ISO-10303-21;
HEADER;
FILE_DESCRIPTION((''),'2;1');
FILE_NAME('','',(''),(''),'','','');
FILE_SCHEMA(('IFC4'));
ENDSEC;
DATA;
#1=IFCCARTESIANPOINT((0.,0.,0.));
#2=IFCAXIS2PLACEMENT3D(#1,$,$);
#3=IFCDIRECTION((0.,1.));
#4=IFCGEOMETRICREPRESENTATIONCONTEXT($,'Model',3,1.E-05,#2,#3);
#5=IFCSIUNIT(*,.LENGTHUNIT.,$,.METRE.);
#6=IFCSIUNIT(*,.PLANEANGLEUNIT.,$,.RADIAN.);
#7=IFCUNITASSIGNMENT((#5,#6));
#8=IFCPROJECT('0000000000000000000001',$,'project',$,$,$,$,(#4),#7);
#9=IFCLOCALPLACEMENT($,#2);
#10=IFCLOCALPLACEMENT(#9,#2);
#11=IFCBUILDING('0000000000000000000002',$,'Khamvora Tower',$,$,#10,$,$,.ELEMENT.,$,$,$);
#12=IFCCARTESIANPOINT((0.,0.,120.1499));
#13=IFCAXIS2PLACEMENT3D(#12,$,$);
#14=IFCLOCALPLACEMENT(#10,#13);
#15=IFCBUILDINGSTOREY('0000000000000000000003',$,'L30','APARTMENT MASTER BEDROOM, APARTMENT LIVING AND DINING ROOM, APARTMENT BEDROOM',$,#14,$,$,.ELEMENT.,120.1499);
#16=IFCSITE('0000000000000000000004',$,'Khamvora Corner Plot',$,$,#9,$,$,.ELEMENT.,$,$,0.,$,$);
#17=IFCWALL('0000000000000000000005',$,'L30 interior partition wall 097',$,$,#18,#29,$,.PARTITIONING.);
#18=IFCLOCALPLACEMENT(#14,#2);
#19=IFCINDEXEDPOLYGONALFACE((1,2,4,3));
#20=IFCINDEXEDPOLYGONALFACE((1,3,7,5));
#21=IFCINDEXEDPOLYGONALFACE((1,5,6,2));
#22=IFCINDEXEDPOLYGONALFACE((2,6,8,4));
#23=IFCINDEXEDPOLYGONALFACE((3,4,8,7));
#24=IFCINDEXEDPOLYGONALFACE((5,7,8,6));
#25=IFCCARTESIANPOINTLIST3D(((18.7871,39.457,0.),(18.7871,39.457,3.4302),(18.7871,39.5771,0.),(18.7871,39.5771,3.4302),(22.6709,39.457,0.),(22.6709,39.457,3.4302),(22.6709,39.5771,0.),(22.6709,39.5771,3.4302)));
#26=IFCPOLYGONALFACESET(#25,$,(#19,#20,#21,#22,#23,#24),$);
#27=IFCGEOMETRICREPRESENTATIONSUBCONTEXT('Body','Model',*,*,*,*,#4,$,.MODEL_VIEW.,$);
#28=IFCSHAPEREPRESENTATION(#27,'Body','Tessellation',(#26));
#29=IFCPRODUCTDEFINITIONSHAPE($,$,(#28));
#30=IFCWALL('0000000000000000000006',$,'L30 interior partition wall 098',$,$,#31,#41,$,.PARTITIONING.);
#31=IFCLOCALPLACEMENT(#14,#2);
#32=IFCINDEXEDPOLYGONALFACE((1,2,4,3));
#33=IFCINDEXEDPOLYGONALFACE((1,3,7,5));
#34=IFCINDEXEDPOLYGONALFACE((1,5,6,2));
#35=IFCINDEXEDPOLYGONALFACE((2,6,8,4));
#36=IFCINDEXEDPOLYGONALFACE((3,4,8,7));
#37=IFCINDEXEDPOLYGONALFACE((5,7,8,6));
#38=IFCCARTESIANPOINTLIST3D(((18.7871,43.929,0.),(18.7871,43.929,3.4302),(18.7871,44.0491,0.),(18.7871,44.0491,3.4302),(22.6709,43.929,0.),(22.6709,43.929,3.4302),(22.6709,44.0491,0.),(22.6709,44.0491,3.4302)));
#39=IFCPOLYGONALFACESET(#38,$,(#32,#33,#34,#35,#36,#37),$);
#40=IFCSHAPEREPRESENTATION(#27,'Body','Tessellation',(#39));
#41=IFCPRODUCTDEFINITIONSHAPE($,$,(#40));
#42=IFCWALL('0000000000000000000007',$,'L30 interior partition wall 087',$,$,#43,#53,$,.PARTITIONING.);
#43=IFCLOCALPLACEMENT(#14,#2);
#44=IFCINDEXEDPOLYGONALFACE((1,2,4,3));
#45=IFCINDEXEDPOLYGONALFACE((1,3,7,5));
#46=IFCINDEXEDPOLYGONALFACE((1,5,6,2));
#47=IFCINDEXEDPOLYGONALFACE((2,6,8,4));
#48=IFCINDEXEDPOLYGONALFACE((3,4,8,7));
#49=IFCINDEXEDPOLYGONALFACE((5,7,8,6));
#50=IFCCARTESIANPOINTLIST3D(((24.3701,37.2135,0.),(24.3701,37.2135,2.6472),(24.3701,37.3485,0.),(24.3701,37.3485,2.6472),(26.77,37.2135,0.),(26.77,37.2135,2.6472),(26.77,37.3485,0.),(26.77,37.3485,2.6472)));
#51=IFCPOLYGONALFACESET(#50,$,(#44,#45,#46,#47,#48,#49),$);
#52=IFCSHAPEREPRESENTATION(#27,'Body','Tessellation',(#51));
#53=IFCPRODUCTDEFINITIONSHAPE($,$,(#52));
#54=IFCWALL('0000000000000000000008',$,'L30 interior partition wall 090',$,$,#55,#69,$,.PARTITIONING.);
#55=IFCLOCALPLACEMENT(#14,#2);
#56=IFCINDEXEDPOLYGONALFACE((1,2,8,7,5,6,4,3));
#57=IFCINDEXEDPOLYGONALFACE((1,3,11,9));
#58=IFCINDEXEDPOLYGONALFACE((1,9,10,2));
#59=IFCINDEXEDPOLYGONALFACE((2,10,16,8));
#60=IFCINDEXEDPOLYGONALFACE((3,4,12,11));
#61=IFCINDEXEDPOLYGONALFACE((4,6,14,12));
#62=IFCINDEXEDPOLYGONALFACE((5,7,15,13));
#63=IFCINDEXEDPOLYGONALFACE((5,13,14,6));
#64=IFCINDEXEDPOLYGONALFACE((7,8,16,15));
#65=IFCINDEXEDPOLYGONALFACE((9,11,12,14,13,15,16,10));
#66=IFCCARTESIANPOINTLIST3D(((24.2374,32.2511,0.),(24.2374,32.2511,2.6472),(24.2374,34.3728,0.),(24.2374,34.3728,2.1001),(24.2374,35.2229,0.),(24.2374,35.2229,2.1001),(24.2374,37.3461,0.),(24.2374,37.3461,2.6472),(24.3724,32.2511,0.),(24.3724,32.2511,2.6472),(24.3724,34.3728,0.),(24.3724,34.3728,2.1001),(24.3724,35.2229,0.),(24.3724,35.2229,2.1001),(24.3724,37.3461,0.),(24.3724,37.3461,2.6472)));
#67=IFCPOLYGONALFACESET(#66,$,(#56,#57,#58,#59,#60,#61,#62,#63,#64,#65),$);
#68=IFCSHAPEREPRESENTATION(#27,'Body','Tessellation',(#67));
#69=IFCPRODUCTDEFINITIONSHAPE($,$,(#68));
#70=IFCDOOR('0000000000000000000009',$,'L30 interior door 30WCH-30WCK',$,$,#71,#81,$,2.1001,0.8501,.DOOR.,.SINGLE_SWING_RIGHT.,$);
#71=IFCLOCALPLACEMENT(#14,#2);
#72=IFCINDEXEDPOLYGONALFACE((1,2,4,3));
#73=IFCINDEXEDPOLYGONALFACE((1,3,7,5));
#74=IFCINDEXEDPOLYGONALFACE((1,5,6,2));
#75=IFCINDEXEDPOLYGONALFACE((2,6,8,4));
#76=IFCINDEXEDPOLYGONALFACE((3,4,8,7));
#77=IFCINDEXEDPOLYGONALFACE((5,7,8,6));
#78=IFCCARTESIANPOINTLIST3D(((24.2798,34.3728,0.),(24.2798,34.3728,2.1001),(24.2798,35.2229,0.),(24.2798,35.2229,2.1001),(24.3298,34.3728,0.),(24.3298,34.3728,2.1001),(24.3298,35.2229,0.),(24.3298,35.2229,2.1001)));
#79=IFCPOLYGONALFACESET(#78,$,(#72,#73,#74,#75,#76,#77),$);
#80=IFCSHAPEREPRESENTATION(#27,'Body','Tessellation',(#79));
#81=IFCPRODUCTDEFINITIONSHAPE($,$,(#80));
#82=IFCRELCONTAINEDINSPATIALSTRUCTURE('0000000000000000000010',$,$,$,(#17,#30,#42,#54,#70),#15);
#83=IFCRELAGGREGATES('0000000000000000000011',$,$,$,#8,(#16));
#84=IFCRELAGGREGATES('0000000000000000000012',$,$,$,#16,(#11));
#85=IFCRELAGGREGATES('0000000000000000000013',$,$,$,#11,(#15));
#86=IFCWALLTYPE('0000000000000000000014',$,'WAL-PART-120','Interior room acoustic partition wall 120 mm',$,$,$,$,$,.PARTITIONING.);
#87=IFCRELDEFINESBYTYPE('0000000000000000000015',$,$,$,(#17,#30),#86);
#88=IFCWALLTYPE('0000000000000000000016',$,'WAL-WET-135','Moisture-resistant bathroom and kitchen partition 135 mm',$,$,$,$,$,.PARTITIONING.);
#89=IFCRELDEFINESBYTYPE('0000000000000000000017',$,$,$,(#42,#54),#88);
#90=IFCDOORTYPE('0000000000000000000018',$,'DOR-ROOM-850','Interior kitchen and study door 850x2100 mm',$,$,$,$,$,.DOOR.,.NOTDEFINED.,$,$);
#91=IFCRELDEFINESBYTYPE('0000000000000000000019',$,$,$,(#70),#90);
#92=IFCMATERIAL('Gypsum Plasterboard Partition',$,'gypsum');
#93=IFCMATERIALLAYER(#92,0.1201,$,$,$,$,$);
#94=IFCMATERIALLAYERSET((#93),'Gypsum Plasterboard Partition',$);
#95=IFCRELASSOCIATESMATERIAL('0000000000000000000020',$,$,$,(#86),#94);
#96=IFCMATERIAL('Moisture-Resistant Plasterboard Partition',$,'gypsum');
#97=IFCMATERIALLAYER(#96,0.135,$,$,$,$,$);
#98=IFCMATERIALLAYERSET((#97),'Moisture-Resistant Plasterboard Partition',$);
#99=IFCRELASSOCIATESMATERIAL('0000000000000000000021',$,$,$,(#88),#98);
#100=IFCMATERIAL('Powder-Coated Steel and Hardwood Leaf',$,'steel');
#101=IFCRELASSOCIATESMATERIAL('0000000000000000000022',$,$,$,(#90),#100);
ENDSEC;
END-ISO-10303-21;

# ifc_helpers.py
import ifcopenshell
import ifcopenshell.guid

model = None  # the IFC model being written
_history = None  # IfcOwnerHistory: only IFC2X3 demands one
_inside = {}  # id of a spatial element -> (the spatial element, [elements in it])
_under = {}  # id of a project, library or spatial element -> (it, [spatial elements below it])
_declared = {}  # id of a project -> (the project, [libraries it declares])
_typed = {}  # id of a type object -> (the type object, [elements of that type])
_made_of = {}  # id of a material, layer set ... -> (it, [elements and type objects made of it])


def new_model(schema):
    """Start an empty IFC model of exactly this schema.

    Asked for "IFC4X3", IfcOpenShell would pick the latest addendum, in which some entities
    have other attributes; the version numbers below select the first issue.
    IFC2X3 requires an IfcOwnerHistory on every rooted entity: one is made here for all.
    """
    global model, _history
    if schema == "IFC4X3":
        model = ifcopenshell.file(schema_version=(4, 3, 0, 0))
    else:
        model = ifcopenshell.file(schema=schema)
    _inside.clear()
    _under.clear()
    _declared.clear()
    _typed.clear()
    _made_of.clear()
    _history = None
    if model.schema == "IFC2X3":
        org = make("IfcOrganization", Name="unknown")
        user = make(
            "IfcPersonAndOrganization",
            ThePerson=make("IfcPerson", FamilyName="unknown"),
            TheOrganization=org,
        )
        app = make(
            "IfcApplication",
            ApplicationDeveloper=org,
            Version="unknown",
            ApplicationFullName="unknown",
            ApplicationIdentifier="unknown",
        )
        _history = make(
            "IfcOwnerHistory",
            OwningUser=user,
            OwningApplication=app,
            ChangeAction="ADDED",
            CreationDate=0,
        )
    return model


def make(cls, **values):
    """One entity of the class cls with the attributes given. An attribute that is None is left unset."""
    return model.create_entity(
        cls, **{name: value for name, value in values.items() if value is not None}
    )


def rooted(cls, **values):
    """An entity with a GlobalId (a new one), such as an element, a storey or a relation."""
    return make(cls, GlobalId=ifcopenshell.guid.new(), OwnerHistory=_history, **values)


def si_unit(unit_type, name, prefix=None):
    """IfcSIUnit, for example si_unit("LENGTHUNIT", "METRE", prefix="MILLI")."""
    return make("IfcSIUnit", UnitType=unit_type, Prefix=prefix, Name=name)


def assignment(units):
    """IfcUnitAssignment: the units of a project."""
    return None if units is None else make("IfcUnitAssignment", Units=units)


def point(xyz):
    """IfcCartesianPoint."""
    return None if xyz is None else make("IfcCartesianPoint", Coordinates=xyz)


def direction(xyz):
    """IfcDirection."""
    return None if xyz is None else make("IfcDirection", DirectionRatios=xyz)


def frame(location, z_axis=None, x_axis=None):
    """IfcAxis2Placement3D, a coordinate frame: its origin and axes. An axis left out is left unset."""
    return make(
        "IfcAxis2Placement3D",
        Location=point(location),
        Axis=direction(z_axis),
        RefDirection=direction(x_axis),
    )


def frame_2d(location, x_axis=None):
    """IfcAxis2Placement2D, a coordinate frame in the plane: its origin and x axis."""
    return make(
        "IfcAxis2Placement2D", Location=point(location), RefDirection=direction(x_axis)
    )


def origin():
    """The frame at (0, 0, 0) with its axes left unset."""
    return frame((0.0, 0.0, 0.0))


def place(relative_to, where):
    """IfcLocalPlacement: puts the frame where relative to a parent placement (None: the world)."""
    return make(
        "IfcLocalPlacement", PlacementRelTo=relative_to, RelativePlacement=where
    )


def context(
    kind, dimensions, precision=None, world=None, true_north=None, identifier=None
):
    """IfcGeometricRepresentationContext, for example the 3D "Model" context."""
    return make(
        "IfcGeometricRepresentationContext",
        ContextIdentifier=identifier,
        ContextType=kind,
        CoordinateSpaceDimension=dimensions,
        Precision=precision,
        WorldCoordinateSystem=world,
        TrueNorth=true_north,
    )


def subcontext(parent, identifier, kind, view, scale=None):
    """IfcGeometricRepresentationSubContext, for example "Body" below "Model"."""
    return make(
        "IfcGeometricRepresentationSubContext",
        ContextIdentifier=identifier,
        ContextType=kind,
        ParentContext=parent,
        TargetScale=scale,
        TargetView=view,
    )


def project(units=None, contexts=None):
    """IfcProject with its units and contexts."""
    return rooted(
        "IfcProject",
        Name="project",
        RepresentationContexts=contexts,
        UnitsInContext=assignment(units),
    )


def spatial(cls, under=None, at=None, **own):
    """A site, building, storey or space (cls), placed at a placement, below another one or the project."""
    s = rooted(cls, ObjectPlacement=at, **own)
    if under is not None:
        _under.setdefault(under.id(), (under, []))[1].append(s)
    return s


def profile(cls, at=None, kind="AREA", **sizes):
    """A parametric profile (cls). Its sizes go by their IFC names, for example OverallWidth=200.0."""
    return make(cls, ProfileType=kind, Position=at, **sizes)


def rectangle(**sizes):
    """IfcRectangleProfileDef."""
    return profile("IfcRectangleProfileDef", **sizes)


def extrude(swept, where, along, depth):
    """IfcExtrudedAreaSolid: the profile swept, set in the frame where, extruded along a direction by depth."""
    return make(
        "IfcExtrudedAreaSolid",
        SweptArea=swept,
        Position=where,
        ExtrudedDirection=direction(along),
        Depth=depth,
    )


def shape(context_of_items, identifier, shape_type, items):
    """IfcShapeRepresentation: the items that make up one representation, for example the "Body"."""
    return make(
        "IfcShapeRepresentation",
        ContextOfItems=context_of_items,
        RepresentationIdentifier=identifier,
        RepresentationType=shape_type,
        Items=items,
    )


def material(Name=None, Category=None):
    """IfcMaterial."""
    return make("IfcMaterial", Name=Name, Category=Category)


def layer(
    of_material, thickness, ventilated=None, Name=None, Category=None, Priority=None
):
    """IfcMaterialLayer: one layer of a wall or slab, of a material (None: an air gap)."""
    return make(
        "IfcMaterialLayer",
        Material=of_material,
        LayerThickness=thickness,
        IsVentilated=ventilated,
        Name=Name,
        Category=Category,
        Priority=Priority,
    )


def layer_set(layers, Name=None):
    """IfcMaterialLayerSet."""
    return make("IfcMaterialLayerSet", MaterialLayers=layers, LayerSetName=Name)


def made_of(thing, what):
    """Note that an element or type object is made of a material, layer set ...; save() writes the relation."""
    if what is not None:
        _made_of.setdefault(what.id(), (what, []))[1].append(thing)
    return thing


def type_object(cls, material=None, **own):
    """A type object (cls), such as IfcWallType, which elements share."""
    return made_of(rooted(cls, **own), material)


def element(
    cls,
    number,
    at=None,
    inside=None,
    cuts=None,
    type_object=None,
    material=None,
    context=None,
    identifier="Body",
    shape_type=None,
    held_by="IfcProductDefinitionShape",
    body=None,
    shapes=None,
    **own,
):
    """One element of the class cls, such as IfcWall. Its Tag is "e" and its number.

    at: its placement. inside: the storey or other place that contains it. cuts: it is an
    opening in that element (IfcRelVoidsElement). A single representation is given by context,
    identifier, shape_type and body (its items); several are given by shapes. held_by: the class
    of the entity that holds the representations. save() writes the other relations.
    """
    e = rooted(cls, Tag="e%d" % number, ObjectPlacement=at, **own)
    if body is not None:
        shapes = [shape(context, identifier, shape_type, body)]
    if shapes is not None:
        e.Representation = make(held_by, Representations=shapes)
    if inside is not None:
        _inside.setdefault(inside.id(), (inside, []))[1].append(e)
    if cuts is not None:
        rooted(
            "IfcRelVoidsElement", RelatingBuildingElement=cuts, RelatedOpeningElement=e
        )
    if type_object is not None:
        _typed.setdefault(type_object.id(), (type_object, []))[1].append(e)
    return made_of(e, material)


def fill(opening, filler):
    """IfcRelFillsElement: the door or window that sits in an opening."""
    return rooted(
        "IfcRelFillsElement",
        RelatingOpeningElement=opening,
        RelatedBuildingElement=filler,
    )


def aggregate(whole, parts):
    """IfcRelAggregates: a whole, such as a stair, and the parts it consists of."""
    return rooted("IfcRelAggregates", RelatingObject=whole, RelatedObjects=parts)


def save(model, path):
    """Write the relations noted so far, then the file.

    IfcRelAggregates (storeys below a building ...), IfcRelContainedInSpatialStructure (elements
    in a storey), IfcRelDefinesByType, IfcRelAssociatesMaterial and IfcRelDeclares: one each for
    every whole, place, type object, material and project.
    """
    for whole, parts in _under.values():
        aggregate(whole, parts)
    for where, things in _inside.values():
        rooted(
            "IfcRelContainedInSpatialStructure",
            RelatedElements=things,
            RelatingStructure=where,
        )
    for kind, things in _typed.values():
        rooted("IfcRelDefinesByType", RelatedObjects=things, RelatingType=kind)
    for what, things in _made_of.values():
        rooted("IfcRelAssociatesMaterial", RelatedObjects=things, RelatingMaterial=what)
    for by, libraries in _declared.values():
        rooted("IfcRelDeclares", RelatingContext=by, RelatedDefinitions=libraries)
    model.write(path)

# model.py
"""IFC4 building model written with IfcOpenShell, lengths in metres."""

from ifc_helpers import new_model, si_unit, direction, frame, frame_2d, origin, place, context, subcontext, project, spatial, rectangle, extrude, material, layer, layer_set, type_object, element, fill, save


model = new_model("IFC4")

# Units and contexts
model_context = context("Model", 3, precision=1e-05, world=origin(), true_north=direction((0.0, 1.0)))
body_context = subcontext(model_context, "Body", "Model", "MODEL_VIEW")
ifc_project = project(units=[si_unit("LENGTHUNIT", "METRE"), si_unit("PLANEANGLEUNIT", "RADIAN")], contexts=[model_context])

# Site, building, storey
site_placement = place(None, origin())
site = spatial("IfcSite", under=ifc_project, at=site_placement, Name="Khamvora Corner Plot", CompositionType="ELEMENT", RefElevation=0.0)
building_placement = place(site_placement, origin())
building = spatial("IfcBuilding", under=site, at=building_placement, Name="Khamvora Tower", CompositionType="ELEMENT")
storey_placement = place(building_placement, frame((0.0, 0.0, 120.1499)))
storey = spatial("IfcBuildingStorey", under=building, at=storey_placement, Name="L30", Description="APARTMENT MASTER BEDROOM, APARTMENT LIVING AND DINING ROOM, APARTMENT BEDROOM", CompositionType="ELEMENT", Elevation=120.1499)

# Shared definitions
ifc_material_1 = material(Name="Powder-Coated Steel and Hardwood Leaf", Category="steel")

# Shared definitions
ifc_material_2 = material(Name="Gypsum Plasterboard Partition", Category="gypsum")
ifc_layer_1 = layer(ifc_material_2, 0.1201)
ifc_layer_set_1 = layer_set([ifc_layer_1], Name="Gypsum Plasterboard Partition")
wall_type_1 = type_object("IfcWallType", Name="WAL-PART-120", Description="Interior room acoustic partition wall 120 mm", PredefinedType="PARTITIONING", material=ifc_layer_set_1)

# Walls
for number, where, z_axis, x_axis, name in (
    (1, (18.7871, 39.5171, 0.0), (0.0, 0.0, 1.0), (1.0, 0.0, 0.0), "L30 interior partition wall 097"),
    (2, (18.7871, 43.989, 0.0), (0.0, 0.0, 1.0), (1.0, 0.0, 0.0), "L30 interior partition wall 098"),
):
    element("IfcWall", number, at=place(storey_placement, frame(where, z_axis=z_axis, x_axis=x_axis)), inside=storey, type_object=wall_type_1, Name=name, PredefinedType="PARTITIONING", context=body_context, shape_type="SweptSolid", body=[
        extrude(rectangle(XDim=3.8838, YDim=0.1201, at=frame_2d((1.9419, 0.0))), origin(), (0.0, 0.0, 1.0), 3.4302),
    ])
ifc_material_3 = material(Name="Moisture-Resistant Plasterboard Partition", Category="gypsum")
ifc_layer_2 = layer(ifc_material_3, 0.135)
ifc_layer_set_2 = layer_set([ifc_layer_2], Name="Moisture-Resistant Plasterboard Partition")
wall_type_2 = type_object("IfcWallType", Name="WAL-WET-135", Description="Moisture-resistant bathroom and kitchen partition 135 mm", PredefinedType="PARTITIONING", material=ifc_layer_set_2)
wall_1_placement = place(storey_placement, frame((26.77, 37.281, 0.0), z_axis=(0.0, 0.0, 1.0), x_axis=(-1.0, 0.0, 0.0)))
element("IfcWall", 3, at=wall_1_placement, inside=storey, type_object=wall_type_2, Name="L30 interior partition wall 087", PredefinedType="PARTITIONING", context=body_context, shape_type="SweptSolid", body=[
    extrude(rectangle(XDim=2.3999, YDim=0.135, at=frame_2d((1.2, 0.0))), origin(), (0.0, 0.0, 1.0), 2.6472),
])

# Wall, opening, door
wall_2_placement = place(storey_placement, frame((24.3049, 37.3459, 0.0), z_axis=(0.0, 0.0, 1.0), x_axis=(0.0, -1.0, 0.0)))
wall_2 = element("IfcWall", 4, at=wall_2_placement, inside=storey, type_object=wall_type_2, Name="L30 interior partition wall 090", PredefinedType="PARTITIONING", context=body_context, shape_type="SweptSolid", body=[
    extrude(rectangle(XDim=5.095, YDim=0.135, at=frame_2d((2.5474, 0.0))), origin(), (0.0, 0.0, 1.0), 2.6472),
])
opening_1_placement = place(wall_2_placement, frame((2.123, 0.0, 0.0)))
opening_1 = element("IfcOpeningElement", 5, at=opening_1_placement, cuts=wall_2, PredefinedType="OPENING", context=body_context, shape_type="SweptSolid", body=[
    extrude(rectangle(XDim=0.8501, YDim=2.1001, at=frame_2d((0.425, 1.05))), frame((0.0, 0.0774, 0.0), z_axis=(0.0, -1.0, 0.0), x_axis=(1.0, 0.0, 0.0)), (0.0, 0.0, 1.0), 0.155),
])
door_type_1 = type_object("IfcDoorType", Name="DOR-ROOM-850", Description="Interior kitchen and study door 850x2100 mm", OperationType="NOTDEFINED", PredefinedType="DOOR", material=ifc_material_1)
door_1_placement = place(opening_1_placement, origin())
door_1 = element("IfcDoor", 6, at=door_1_placement, inside=storey, type_object=door_type_1, Name="L30 interior door 30WCH-30WCK", OperationType="SINGLE_SWING_RIGHT", OverallHeight=2.1001, OverallWidth=0.8501, PredefinedType="DOOR", context=body_context, shape_type="SweptSolid", body=[
    extrude(rectangle(XDim=0.8501, YDim=2.1001, at=frame_2d((0.425, 1.05))), frame((0.0, 0.0249, 0.0), z_axis=(0.0, -1.0, 0.0), x_axis=(1.0, 0.0, 0.0)), (0.0, 0.0, 1.0), 0.05),
])
fill(opening_1, door_1)

save(model, "model.ifc")
